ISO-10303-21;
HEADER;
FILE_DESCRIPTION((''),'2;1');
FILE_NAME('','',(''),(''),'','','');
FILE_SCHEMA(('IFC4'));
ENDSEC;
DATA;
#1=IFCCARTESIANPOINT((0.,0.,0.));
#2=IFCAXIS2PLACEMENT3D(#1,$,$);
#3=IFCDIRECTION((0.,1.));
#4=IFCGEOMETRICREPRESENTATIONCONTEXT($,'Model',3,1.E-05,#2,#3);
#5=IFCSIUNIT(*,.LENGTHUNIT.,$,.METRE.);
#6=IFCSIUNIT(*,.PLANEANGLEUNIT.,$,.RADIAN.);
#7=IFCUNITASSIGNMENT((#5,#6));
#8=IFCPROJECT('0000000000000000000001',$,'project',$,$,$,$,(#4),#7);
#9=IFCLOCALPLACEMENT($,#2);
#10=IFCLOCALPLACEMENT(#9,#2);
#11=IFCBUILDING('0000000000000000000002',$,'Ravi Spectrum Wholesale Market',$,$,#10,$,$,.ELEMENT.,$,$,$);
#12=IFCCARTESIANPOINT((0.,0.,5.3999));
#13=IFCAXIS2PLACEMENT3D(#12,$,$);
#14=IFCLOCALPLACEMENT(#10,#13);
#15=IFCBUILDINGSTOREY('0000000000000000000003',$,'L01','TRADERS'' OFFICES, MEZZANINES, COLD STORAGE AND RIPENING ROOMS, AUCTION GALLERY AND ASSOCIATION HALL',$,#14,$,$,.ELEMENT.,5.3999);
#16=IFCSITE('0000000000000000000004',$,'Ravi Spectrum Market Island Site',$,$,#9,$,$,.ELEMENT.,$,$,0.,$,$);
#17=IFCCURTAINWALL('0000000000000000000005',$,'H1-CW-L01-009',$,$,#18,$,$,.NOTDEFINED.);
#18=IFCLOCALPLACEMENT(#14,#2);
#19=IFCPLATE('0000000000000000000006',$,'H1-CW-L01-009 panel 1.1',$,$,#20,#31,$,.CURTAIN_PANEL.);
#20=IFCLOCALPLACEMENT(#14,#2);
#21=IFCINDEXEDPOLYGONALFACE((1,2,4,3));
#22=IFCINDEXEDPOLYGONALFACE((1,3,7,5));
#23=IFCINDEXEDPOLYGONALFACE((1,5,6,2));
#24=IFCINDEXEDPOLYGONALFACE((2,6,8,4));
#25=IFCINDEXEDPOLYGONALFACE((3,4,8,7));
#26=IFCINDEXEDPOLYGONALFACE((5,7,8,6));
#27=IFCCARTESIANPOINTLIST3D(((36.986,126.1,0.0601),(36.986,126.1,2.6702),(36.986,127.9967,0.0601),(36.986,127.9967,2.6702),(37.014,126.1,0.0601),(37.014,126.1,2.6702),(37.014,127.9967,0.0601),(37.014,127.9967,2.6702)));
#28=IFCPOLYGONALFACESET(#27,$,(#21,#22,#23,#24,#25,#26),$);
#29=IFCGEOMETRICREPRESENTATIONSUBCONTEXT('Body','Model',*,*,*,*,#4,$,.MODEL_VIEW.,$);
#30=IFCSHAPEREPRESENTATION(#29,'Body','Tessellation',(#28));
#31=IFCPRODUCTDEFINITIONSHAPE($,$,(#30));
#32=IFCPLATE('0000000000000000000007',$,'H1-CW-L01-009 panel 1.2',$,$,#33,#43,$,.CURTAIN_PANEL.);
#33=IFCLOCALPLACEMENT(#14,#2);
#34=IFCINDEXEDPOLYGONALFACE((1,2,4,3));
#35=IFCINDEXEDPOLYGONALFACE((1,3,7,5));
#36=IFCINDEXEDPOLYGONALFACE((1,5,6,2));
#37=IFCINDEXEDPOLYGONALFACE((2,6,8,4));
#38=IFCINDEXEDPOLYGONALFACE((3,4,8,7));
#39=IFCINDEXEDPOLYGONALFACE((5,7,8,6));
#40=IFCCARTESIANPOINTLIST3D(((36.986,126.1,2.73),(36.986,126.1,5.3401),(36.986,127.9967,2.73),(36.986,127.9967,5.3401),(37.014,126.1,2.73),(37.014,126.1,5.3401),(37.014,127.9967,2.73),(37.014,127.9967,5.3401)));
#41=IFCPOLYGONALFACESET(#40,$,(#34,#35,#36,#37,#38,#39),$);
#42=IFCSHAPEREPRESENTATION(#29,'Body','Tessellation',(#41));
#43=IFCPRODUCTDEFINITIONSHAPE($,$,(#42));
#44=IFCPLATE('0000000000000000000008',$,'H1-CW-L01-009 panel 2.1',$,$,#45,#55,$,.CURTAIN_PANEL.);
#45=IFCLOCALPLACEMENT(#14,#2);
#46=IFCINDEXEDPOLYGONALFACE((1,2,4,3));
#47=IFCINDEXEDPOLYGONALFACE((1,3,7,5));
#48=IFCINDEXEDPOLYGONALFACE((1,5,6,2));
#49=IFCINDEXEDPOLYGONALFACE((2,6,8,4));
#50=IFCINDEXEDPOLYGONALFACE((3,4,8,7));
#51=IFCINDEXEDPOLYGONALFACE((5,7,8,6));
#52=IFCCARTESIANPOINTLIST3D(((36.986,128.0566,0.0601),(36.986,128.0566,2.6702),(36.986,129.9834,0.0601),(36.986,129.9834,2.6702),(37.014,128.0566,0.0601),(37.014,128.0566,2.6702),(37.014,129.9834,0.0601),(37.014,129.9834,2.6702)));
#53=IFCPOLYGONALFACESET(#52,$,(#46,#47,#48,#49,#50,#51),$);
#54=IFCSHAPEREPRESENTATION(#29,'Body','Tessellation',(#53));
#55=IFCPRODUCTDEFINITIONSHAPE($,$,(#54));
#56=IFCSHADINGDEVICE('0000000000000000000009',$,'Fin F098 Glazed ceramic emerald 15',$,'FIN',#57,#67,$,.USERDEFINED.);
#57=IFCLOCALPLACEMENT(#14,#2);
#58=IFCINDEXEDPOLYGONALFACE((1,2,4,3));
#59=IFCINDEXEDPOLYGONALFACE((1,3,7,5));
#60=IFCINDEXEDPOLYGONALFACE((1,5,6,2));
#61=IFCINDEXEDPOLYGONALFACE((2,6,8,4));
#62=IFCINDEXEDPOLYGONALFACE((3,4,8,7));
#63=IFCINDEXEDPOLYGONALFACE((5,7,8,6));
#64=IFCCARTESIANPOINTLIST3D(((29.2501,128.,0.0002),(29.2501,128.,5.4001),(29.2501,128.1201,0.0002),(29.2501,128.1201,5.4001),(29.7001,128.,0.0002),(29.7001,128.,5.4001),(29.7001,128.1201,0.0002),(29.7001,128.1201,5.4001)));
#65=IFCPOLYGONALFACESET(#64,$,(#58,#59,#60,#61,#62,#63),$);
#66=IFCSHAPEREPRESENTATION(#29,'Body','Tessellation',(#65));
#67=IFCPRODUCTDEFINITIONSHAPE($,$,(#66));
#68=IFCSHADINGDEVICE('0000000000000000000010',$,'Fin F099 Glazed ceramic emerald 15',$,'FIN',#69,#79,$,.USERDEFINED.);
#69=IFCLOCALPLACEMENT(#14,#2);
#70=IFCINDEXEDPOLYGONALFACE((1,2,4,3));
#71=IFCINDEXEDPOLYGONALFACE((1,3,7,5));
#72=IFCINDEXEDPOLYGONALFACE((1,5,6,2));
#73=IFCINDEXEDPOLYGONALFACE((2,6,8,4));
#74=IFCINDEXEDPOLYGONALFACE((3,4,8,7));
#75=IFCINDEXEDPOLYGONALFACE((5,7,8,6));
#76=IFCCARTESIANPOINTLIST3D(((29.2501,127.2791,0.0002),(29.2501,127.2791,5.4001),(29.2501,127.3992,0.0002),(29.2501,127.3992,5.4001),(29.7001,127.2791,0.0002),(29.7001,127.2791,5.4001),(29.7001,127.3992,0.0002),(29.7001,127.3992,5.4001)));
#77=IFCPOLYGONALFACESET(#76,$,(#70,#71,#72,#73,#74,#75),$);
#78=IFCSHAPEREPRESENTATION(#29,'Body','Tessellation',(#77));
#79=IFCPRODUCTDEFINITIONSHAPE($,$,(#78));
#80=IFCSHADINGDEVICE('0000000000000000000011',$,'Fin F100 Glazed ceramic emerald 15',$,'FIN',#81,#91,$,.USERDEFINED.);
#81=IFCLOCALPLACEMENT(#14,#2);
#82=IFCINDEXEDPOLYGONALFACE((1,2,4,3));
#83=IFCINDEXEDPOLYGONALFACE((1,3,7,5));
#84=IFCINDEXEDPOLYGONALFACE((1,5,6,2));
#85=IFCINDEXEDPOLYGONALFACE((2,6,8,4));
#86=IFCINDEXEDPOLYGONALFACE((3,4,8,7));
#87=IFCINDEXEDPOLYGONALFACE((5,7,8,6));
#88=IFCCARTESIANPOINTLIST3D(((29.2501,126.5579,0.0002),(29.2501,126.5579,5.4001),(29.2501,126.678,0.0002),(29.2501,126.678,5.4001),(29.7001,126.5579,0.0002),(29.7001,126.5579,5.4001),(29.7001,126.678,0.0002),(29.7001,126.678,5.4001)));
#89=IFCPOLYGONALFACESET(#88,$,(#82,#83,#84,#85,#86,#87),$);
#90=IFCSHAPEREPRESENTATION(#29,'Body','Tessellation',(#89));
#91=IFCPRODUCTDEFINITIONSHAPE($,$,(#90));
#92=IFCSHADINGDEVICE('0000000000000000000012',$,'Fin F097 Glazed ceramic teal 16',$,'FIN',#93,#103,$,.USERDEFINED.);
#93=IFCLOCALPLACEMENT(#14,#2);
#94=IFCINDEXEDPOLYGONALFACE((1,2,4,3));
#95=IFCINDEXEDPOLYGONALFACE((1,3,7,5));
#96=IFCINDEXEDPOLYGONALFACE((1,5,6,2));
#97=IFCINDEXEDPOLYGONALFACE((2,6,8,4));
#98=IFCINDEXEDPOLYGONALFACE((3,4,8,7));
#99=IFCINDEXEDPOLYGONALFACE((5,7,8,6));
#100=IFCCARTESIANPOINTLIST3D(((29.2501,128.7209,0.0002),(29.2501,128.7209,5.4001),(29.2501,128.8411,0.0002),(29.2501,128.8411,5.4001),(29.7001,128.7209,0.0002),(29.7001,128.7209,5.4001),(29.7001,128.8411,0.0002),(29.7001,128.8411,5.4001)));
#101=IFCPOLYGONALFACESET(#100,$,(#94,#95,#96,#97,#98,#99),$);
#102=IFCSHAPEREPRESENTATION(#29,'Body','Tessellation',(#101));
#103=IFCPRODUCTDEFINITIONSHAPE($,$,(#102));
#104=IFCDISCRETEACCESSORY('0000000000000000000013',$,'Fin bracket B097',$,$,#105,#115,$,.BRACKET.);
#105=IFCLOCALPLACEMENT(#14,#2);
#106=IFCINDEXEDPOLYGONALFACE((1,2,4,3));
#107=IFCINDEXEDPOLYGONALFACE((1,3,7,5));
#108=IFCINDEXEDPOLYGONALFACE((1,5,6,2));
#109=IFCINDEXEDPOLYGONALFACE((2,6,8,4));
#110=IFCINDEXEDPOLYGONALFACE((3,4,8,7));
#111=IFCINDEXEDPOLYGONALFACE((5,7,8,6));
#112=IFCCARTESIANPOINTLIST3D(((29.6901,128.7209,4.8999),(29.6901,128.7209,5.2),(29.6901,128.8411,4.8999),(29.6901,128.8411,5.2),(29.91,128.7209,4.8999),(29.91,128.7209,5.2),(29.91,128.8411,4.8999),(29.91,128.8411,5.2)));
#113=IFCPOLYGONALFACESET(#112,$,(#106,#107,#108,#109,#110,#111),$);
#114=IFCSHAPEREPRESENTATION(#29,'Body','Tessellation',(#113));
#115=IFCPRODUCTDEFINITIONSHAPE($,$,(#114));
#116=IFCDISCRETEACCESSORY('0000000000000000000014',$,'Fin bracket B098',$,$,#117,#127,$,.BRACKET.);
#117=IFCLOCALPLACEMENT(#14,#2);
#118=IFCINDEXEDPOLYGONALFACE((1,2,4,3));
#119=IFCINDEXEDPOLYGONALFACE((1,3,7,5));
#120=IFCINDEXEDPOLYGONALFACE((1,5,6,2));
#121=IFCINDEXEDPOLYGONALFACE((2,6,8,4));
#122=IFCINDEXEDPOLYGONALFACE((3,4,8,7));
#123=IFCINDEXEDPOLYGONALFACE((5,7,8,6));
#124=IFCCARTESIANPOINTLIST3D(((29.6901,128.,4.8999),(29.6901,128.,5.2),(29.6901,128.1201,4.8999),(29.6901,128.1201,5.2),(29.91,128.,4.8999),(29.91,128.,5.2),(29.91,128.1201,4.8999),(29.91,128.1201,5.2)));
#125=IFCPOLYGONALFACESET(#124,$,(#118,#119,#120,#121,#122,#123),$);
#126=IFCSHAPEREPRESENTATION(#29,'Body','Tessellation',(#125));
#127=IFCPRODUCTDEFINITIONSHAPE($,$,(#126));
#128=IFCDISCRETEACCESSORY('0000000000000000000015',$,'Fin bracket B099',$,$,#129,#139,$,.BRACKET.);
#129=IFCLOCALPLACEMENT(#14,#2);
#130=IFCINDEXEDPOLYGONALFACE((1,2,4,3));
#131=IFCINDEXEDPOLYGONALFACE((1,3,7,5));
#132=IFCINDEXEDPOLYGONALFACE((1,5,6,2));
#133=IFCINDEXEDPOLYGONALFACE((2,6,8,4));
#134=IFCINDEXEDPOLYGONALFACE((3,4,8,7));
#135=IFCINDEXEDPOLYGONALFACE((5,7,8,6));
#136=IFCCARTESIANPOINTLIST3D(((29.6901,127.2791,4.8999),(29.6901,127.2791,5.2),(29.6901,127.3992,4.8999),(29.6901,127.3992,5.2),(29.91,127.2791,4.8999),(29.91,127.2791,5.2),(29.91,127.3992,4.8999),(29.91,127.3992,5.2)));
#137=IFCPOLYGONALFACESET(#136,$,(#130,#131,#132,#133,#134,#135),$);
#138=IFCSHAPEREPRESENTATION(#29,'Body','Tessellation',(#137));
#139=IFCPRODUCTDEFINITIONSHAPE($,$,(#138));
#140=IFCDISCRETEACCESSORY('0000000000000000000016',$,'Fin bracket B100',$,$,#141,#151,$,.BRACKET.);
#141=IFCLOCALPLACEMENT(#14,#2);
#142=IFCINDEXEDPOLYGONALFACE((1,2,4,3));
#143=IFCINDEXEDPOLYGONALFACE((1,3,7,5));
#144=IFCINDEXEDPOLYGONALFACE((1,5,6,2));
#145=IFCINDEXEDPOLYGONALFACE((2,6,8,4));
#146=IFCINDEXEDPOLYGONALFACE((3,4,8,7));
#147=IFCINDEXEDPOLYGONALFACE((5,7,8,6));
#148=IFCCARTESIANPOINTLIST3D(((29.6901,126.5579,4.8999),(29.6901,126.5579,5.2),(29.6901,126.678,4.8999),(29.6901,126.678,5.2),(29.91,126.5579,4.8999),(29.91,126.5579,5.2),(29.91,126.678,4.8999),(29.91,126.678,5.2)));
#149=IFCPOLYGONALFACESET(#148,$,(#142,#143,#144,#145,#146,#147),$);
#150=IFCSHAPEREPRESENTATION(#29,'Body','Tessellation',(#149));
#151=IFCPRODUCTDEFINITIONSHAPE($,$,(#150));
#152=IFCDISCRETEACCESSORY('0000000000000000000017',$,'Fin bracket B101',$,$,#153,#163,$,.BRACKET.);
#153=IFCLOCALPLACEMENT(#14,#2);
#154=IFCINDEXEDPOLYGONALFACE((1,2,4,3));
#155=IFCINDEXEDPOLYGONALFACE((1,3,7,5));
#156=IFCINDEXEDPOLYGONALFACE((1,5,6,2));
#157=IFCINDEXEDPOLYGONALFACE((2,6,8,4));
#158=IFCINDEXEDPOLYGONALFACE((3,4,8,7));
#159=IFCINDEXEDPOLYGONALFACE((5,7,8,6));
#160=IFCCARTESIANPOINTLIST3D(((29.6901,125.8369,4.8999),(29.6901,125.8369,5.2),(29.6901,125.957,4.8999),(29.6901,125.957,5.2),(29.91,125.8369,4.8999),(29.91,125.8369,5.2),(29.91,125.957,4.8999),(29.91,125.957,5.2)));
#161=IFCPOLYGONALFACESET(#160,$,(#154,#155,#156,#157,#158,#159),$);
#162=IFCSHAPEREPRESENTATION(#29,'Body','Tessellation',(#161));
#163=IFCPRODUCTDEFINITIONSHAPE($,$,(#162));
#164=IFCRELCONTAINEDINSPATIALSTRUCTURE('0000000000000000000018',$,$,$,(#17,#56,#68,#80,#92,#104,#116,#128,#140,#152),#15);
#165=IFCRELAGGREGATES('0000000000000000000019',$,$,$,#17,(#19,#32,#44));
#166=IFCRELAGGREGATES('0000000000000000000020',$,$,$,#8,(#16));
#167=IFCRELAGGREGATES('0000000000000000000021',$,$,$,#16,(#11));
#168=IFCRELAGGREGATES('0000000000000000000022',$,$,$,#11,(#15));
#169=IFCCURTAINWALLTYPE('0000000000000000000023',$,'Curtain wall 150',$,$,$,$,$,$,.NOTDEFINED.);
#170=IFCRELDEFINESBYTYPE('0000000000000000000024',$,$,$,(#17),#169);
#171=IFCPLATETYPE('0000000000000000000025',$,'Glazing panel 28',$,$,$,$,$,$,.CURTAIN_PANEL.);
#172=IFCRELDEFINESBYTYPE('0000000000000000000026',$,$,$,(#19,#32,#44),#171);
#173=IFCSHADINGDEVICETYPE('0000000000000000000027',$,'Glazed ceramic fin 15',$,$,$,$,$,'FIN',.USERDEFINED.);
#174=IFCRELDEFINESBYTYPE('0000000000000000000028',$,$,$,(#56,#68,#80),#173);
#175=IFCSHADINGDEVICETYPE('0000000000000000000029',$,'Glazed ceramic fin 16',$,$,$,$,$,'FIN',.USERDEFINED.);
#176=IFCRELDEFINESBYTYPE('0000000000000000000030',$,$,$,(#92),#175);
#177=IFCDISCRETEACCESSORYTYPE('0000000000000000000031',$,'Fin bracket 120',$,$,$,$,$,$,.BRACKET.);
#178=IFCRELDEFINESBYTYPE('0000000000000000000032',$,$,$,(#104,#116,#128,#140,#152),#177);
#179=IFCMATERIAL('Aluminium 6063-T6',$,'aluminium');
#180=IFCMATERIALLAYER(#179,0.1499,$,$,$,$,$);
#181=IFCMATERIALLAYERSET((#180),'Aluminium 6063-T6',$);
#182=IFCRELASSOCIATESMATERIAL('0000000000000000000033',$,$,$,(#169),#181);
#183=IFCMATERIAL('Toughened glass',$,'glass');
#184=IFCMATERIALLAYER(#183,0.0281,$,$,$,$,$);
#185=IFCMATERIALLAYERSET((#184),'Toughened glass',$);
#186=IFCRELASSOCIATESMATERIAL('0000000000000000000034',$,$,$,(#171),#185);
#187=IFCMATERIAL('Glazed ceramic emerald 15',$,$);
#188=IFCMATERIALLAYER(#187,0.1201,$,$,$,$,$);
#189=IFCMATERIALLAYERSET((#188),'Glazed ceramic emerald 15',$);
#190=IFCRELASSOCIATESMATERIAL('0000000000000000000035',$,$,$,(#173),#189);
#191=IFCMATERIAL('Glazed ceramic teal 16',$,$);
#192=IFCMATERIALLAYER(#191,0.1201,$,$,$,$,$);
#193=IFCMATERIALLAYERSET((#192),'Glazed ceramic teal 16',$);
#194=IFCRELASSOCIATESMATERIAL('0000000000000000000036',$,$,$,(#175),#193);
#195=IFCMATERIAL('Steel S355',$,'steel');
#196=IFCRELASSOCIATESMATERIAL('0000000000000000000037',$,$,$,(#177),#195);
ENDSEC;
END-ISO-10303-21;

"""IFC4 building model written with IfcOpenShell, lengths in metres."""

from ifc_helpers import new_model, si_unit, direction, frame, origin, origin_2d, place, context, subcontext, project, spatial, rectangle, extrude, material, layer, layer_set, type_object, element, aggregate, save


model = new_model("IFC4")

# Units and contexts
model_context = context("Model", 3, precision=1e-05, world=origin(), true_north=direction((0.0, 1.0)))
body_context = subcontext(model_context, "Body", "Model", "MODEL_VIEW")
ifc_project = project(units=[si_unit("LENGTHUNIT", "METRE"), si_unit("PLANEANGLEUNIT", "RADIAN")], contexts=[model_context])

# Site, building, storey
site_placement = place(None, origin())
site = spatial("IfcSite", under=ifc_project, at=site_placement, Name="Ravi Spectrum Market Island Site", CompositionType="ELEMENT", RefElevation=0.0)
building_placement = place(site_placement, origin())
building = spatial("IfcBuilding", under=site, at=building_placement, Name="Ravi Spectrum Wholesale Market", CompositionType="ELEMENT")
storey_placement = place(building_placement, frame((0.0, 0.0, 5.3999)))
storey = spatial("IfcBuildingStorey", under=building, at=storey_placement, Name="L01", Description="TRADERS' OFFICES, MEZZANINES, COLD STORAGE AND RIPENING ROOMS, AUCTION GALLERY AND ASSOCIATION HALL", CompositionType="ELEMENT", Elevation=5.3999)

# Shared definitions
ifc_material_1 = material(Name="Aluminium 6063-T6", Category="aluminium")
ifc_layer_1 = layer(ifc_material_1, 0.1499)
ifc_layer_set_1 = layer_set([ifc_layer_1], Name="Aluminium 6063-T6")
curtain_wall_type = type_object("IfcCurtainWallType", Name="Curtain wall 150", PredefinedType="NOTDEFINED", material=ifc_layer_set_1)

# Curtain wall, plates
curtain_wall_1_placement = place(storey_placement, origin())
curtain_wall_1 = element("IfcCurtainWall", 1, at=curtain_wall_1_placement, inside=storey, type_object=curtain_wall_type, Name="H1-CW-L01-009", PredefinedType="NOTDEFINED")
ifc_material_2 = material(Name="Toughened glass", Category="glass")
ifc_layer_2 = layer(ifc_material_2, 0.0281)
ifc_layer_set_2 = layer_set([ifc_layer_2], Name="Toughened glass")
plate_type = type_object("IfcPlateType", Name="Glazing panel 28", PredefinedType="CURTAIN_PANEL", material=ifc_layer_set_2)
plate_1_placement = place(storey_placement, frame((37.0, 127.0483, 0.0601), z_axis=(0.0, 0.0, 1.0), x_axis=(0.0, 1.0, 0.0)))
plate_1 = element("IfcPlate", 2, at=plate_1_placement, type_object=plate_type, Name="H1-CW-L01-009 panel 1.1", PredefinedType="CURTAIN_PANEL", context=body_context, shape_type="SweptSolid", body=[
    extrude(rectangle(XDim=1.8967, YDim=0.0281, at=origin_2d()), origin(), (0.0, 0.0, 1.0), 2.6101),
])
plate_2_placement = place(storey_placement, frame((37.0, 127.0483, 2.73), z_axis=(0.0, 0.0, 1.0), x_axis=(0.0, 1.0, 0.0)))
plate_2 = element("IfcPlate", 3, at=plate_2_placement, type_object=plate_type, Name="H1-CW-L01-009 panel 1.2", PredefinedType="CURTAIN_PANEL", context=body_context, shape_type="SweptSolid", body=[
    extrude(rectangle(XDim=1.8967, YDim=0.0281, at=origin_2d()), origin(), (0.0, 0.0, 1.0), 2.6101),
])
plate_3_placement = place(storey_placement, frame((37.0, 129.02, 0.0601), z_axis=(0.0, 0.0, 1.0), x_axis=(0.0, 1.0, 0.0)))
plate_3 = element("IfcPlate", 4, at=plate_3_placement, type_object=plate_type, Name="H1-CW-L01-009 panel 2.1", PredefinedType="CURTAIN_PANEL", context=body_context, shape_type="SweptSolid", body=[
    extrude(rectangle(XDim=1.9268, YDim=0.0281, at=origin_2d()), origin(), (0.0, 0.0, 1.0), 2.6101),
])
aggregate(curtain_wall_1, [plate_1, plate_2, plate_3])

# Shading devices
ifc_material_3 = material(Name="Glazed ceramic emerald 15")
ifc_layer_3 = layer(ifc_material_3, 0.1201)
ifc_layer_set_3 = layer_set([ifc_layer_3], Name="Glazed ceramic emerald 15")
shading_device_type_1 = type_object("IfcShadingDeviceType", Name="Glazed ceramic fin 15", ElementType="FIN", PredefinedType="USERDEFINED", material=ifc_layer_set_3)
for number, where, z_axis, x_axis, name in (
    (5, (29.4751, 128.0601, 0.0002), (0.0, 0.0, 1.0), (0.0, -1.0, 0.0), "Fin F098 Glazed ceramic emerald 15"),
    (6, (29.4751, 127.3391, 0.0002), (0.0, 0.0, 1.0), (0.0, -1.0, 0.0), "Fin F099 Glazed ceramic emerald 15"),
    (7, (29.4751, 126.6179, 0.0002), (0.0, 0.0, 1.0), (0.0, -1.0, 0.0), "Fin F100 Glazed ceramic emerald 15"),
):
    element("IfcShadingDevice", number, at=place(storey_placement, frame(where, z_axis=z_axis, x_axis=x_axis)), inside=storey, type_object=shading_device_type_1, Name=name, ObjectType="FIN", PredefinedType="USERDEFINED", context=body_context, shape_type="SweptSolid", body=[
        extrude(rectangle(XDim=0.1201, YDim=0.45, at=origin_2d()), origin(), (0.0, 0.0, 1.0), 5.3999),
    ])
ifc_material_4 = material(Name="Glazed ceramic teal 16")
ifc_layer_4 = layer(ifc_material_4, 0.1201)
ifc_layer_set_4 = layer_set([ifc_layer_4], Name="Glazed ceramic teal 16")
shading_device_type_2 = type_object("IfcShadingDeviceType", Name="Glazed ceramic fin 16", ElementType="FIN", PredefinedType="USERDEFINED", material=ifc_layer_set_4)
shading_device_placement = place(storey_placement, frame((29.4751, 128.781, 0.0002), z_axis=(0.0, 0.0, 1.0), x_axis=(0.0, -1.0, 0.0)))
element("IfcShadingDevice", 8, at=shading_device_placement, inside=storey, type_object=shading_device_type_2, Name="Fin F097 Glazed ceramic teal 16", ObjectType="FIN", PredefinedType="USERDEFINED", context=body_context, shape_type="SweptSolid", body=[
    extrude(rectangle(XDim=0.1201, YDim=0.45, at=origin_2d()), origin(), (0.0, 0.0, 1.0), 5.3999),
])

# Discrete accessories
ifc_material_5 = material(Name="Steel S355", Category="steel")
discrete_accessory_type = type_object("IfcDiscreteAccessoryType", Name="Fin bracket 120", PredefinedType="BRACKET", material=ifc_material_5)
for number, where, z_axis, x_axis, name in (
    (9, (29.8, 128.781, 4.8999), (0.0, 0.0, 1.0), (0.0, -1.0, 0.0), "Fin bracket B097"),
    (10, (29.8, 128.0601, 4.8999), (0.0, 0.0, 1.0), (0.0, -1.0, 0.0), "Fin bracket B098"),
    (11, (29.8, 127.3391, 4.8999), (0.0, 0.0, 1.0), (0.0, -1.0, 0.0), "Fin bracket B099"),
    (12, (29.8, 126.6179, 4.8999), (0.0, 0.0, 1.0), (0.0, -1.0, 0.0), "Fin bracket B100"),
    (13, (29.8, 125.897, 4.8999), (0.0, 0.0, 1.0), (0.0, -1.0, 0.0), "Fin bracket B101"),
):
    element("IfcDiscreteAccessory", number, at=place(storey_placement, frame(where, z_axis=z_axis, x_axis=x_axis)), inside=storey, type_object=discrete_accessory_type, Name=name, PredefinedType="BRACKET", context=body_context, shape_type="SweptSolid", body=[
        extrude(rectangle(XDim=0.1201, YDim=0.22, at=origin_2d()), origin(), (0.0, 0.0, 1.0), 0.3),
    ])

save(model, "model.ifc")
